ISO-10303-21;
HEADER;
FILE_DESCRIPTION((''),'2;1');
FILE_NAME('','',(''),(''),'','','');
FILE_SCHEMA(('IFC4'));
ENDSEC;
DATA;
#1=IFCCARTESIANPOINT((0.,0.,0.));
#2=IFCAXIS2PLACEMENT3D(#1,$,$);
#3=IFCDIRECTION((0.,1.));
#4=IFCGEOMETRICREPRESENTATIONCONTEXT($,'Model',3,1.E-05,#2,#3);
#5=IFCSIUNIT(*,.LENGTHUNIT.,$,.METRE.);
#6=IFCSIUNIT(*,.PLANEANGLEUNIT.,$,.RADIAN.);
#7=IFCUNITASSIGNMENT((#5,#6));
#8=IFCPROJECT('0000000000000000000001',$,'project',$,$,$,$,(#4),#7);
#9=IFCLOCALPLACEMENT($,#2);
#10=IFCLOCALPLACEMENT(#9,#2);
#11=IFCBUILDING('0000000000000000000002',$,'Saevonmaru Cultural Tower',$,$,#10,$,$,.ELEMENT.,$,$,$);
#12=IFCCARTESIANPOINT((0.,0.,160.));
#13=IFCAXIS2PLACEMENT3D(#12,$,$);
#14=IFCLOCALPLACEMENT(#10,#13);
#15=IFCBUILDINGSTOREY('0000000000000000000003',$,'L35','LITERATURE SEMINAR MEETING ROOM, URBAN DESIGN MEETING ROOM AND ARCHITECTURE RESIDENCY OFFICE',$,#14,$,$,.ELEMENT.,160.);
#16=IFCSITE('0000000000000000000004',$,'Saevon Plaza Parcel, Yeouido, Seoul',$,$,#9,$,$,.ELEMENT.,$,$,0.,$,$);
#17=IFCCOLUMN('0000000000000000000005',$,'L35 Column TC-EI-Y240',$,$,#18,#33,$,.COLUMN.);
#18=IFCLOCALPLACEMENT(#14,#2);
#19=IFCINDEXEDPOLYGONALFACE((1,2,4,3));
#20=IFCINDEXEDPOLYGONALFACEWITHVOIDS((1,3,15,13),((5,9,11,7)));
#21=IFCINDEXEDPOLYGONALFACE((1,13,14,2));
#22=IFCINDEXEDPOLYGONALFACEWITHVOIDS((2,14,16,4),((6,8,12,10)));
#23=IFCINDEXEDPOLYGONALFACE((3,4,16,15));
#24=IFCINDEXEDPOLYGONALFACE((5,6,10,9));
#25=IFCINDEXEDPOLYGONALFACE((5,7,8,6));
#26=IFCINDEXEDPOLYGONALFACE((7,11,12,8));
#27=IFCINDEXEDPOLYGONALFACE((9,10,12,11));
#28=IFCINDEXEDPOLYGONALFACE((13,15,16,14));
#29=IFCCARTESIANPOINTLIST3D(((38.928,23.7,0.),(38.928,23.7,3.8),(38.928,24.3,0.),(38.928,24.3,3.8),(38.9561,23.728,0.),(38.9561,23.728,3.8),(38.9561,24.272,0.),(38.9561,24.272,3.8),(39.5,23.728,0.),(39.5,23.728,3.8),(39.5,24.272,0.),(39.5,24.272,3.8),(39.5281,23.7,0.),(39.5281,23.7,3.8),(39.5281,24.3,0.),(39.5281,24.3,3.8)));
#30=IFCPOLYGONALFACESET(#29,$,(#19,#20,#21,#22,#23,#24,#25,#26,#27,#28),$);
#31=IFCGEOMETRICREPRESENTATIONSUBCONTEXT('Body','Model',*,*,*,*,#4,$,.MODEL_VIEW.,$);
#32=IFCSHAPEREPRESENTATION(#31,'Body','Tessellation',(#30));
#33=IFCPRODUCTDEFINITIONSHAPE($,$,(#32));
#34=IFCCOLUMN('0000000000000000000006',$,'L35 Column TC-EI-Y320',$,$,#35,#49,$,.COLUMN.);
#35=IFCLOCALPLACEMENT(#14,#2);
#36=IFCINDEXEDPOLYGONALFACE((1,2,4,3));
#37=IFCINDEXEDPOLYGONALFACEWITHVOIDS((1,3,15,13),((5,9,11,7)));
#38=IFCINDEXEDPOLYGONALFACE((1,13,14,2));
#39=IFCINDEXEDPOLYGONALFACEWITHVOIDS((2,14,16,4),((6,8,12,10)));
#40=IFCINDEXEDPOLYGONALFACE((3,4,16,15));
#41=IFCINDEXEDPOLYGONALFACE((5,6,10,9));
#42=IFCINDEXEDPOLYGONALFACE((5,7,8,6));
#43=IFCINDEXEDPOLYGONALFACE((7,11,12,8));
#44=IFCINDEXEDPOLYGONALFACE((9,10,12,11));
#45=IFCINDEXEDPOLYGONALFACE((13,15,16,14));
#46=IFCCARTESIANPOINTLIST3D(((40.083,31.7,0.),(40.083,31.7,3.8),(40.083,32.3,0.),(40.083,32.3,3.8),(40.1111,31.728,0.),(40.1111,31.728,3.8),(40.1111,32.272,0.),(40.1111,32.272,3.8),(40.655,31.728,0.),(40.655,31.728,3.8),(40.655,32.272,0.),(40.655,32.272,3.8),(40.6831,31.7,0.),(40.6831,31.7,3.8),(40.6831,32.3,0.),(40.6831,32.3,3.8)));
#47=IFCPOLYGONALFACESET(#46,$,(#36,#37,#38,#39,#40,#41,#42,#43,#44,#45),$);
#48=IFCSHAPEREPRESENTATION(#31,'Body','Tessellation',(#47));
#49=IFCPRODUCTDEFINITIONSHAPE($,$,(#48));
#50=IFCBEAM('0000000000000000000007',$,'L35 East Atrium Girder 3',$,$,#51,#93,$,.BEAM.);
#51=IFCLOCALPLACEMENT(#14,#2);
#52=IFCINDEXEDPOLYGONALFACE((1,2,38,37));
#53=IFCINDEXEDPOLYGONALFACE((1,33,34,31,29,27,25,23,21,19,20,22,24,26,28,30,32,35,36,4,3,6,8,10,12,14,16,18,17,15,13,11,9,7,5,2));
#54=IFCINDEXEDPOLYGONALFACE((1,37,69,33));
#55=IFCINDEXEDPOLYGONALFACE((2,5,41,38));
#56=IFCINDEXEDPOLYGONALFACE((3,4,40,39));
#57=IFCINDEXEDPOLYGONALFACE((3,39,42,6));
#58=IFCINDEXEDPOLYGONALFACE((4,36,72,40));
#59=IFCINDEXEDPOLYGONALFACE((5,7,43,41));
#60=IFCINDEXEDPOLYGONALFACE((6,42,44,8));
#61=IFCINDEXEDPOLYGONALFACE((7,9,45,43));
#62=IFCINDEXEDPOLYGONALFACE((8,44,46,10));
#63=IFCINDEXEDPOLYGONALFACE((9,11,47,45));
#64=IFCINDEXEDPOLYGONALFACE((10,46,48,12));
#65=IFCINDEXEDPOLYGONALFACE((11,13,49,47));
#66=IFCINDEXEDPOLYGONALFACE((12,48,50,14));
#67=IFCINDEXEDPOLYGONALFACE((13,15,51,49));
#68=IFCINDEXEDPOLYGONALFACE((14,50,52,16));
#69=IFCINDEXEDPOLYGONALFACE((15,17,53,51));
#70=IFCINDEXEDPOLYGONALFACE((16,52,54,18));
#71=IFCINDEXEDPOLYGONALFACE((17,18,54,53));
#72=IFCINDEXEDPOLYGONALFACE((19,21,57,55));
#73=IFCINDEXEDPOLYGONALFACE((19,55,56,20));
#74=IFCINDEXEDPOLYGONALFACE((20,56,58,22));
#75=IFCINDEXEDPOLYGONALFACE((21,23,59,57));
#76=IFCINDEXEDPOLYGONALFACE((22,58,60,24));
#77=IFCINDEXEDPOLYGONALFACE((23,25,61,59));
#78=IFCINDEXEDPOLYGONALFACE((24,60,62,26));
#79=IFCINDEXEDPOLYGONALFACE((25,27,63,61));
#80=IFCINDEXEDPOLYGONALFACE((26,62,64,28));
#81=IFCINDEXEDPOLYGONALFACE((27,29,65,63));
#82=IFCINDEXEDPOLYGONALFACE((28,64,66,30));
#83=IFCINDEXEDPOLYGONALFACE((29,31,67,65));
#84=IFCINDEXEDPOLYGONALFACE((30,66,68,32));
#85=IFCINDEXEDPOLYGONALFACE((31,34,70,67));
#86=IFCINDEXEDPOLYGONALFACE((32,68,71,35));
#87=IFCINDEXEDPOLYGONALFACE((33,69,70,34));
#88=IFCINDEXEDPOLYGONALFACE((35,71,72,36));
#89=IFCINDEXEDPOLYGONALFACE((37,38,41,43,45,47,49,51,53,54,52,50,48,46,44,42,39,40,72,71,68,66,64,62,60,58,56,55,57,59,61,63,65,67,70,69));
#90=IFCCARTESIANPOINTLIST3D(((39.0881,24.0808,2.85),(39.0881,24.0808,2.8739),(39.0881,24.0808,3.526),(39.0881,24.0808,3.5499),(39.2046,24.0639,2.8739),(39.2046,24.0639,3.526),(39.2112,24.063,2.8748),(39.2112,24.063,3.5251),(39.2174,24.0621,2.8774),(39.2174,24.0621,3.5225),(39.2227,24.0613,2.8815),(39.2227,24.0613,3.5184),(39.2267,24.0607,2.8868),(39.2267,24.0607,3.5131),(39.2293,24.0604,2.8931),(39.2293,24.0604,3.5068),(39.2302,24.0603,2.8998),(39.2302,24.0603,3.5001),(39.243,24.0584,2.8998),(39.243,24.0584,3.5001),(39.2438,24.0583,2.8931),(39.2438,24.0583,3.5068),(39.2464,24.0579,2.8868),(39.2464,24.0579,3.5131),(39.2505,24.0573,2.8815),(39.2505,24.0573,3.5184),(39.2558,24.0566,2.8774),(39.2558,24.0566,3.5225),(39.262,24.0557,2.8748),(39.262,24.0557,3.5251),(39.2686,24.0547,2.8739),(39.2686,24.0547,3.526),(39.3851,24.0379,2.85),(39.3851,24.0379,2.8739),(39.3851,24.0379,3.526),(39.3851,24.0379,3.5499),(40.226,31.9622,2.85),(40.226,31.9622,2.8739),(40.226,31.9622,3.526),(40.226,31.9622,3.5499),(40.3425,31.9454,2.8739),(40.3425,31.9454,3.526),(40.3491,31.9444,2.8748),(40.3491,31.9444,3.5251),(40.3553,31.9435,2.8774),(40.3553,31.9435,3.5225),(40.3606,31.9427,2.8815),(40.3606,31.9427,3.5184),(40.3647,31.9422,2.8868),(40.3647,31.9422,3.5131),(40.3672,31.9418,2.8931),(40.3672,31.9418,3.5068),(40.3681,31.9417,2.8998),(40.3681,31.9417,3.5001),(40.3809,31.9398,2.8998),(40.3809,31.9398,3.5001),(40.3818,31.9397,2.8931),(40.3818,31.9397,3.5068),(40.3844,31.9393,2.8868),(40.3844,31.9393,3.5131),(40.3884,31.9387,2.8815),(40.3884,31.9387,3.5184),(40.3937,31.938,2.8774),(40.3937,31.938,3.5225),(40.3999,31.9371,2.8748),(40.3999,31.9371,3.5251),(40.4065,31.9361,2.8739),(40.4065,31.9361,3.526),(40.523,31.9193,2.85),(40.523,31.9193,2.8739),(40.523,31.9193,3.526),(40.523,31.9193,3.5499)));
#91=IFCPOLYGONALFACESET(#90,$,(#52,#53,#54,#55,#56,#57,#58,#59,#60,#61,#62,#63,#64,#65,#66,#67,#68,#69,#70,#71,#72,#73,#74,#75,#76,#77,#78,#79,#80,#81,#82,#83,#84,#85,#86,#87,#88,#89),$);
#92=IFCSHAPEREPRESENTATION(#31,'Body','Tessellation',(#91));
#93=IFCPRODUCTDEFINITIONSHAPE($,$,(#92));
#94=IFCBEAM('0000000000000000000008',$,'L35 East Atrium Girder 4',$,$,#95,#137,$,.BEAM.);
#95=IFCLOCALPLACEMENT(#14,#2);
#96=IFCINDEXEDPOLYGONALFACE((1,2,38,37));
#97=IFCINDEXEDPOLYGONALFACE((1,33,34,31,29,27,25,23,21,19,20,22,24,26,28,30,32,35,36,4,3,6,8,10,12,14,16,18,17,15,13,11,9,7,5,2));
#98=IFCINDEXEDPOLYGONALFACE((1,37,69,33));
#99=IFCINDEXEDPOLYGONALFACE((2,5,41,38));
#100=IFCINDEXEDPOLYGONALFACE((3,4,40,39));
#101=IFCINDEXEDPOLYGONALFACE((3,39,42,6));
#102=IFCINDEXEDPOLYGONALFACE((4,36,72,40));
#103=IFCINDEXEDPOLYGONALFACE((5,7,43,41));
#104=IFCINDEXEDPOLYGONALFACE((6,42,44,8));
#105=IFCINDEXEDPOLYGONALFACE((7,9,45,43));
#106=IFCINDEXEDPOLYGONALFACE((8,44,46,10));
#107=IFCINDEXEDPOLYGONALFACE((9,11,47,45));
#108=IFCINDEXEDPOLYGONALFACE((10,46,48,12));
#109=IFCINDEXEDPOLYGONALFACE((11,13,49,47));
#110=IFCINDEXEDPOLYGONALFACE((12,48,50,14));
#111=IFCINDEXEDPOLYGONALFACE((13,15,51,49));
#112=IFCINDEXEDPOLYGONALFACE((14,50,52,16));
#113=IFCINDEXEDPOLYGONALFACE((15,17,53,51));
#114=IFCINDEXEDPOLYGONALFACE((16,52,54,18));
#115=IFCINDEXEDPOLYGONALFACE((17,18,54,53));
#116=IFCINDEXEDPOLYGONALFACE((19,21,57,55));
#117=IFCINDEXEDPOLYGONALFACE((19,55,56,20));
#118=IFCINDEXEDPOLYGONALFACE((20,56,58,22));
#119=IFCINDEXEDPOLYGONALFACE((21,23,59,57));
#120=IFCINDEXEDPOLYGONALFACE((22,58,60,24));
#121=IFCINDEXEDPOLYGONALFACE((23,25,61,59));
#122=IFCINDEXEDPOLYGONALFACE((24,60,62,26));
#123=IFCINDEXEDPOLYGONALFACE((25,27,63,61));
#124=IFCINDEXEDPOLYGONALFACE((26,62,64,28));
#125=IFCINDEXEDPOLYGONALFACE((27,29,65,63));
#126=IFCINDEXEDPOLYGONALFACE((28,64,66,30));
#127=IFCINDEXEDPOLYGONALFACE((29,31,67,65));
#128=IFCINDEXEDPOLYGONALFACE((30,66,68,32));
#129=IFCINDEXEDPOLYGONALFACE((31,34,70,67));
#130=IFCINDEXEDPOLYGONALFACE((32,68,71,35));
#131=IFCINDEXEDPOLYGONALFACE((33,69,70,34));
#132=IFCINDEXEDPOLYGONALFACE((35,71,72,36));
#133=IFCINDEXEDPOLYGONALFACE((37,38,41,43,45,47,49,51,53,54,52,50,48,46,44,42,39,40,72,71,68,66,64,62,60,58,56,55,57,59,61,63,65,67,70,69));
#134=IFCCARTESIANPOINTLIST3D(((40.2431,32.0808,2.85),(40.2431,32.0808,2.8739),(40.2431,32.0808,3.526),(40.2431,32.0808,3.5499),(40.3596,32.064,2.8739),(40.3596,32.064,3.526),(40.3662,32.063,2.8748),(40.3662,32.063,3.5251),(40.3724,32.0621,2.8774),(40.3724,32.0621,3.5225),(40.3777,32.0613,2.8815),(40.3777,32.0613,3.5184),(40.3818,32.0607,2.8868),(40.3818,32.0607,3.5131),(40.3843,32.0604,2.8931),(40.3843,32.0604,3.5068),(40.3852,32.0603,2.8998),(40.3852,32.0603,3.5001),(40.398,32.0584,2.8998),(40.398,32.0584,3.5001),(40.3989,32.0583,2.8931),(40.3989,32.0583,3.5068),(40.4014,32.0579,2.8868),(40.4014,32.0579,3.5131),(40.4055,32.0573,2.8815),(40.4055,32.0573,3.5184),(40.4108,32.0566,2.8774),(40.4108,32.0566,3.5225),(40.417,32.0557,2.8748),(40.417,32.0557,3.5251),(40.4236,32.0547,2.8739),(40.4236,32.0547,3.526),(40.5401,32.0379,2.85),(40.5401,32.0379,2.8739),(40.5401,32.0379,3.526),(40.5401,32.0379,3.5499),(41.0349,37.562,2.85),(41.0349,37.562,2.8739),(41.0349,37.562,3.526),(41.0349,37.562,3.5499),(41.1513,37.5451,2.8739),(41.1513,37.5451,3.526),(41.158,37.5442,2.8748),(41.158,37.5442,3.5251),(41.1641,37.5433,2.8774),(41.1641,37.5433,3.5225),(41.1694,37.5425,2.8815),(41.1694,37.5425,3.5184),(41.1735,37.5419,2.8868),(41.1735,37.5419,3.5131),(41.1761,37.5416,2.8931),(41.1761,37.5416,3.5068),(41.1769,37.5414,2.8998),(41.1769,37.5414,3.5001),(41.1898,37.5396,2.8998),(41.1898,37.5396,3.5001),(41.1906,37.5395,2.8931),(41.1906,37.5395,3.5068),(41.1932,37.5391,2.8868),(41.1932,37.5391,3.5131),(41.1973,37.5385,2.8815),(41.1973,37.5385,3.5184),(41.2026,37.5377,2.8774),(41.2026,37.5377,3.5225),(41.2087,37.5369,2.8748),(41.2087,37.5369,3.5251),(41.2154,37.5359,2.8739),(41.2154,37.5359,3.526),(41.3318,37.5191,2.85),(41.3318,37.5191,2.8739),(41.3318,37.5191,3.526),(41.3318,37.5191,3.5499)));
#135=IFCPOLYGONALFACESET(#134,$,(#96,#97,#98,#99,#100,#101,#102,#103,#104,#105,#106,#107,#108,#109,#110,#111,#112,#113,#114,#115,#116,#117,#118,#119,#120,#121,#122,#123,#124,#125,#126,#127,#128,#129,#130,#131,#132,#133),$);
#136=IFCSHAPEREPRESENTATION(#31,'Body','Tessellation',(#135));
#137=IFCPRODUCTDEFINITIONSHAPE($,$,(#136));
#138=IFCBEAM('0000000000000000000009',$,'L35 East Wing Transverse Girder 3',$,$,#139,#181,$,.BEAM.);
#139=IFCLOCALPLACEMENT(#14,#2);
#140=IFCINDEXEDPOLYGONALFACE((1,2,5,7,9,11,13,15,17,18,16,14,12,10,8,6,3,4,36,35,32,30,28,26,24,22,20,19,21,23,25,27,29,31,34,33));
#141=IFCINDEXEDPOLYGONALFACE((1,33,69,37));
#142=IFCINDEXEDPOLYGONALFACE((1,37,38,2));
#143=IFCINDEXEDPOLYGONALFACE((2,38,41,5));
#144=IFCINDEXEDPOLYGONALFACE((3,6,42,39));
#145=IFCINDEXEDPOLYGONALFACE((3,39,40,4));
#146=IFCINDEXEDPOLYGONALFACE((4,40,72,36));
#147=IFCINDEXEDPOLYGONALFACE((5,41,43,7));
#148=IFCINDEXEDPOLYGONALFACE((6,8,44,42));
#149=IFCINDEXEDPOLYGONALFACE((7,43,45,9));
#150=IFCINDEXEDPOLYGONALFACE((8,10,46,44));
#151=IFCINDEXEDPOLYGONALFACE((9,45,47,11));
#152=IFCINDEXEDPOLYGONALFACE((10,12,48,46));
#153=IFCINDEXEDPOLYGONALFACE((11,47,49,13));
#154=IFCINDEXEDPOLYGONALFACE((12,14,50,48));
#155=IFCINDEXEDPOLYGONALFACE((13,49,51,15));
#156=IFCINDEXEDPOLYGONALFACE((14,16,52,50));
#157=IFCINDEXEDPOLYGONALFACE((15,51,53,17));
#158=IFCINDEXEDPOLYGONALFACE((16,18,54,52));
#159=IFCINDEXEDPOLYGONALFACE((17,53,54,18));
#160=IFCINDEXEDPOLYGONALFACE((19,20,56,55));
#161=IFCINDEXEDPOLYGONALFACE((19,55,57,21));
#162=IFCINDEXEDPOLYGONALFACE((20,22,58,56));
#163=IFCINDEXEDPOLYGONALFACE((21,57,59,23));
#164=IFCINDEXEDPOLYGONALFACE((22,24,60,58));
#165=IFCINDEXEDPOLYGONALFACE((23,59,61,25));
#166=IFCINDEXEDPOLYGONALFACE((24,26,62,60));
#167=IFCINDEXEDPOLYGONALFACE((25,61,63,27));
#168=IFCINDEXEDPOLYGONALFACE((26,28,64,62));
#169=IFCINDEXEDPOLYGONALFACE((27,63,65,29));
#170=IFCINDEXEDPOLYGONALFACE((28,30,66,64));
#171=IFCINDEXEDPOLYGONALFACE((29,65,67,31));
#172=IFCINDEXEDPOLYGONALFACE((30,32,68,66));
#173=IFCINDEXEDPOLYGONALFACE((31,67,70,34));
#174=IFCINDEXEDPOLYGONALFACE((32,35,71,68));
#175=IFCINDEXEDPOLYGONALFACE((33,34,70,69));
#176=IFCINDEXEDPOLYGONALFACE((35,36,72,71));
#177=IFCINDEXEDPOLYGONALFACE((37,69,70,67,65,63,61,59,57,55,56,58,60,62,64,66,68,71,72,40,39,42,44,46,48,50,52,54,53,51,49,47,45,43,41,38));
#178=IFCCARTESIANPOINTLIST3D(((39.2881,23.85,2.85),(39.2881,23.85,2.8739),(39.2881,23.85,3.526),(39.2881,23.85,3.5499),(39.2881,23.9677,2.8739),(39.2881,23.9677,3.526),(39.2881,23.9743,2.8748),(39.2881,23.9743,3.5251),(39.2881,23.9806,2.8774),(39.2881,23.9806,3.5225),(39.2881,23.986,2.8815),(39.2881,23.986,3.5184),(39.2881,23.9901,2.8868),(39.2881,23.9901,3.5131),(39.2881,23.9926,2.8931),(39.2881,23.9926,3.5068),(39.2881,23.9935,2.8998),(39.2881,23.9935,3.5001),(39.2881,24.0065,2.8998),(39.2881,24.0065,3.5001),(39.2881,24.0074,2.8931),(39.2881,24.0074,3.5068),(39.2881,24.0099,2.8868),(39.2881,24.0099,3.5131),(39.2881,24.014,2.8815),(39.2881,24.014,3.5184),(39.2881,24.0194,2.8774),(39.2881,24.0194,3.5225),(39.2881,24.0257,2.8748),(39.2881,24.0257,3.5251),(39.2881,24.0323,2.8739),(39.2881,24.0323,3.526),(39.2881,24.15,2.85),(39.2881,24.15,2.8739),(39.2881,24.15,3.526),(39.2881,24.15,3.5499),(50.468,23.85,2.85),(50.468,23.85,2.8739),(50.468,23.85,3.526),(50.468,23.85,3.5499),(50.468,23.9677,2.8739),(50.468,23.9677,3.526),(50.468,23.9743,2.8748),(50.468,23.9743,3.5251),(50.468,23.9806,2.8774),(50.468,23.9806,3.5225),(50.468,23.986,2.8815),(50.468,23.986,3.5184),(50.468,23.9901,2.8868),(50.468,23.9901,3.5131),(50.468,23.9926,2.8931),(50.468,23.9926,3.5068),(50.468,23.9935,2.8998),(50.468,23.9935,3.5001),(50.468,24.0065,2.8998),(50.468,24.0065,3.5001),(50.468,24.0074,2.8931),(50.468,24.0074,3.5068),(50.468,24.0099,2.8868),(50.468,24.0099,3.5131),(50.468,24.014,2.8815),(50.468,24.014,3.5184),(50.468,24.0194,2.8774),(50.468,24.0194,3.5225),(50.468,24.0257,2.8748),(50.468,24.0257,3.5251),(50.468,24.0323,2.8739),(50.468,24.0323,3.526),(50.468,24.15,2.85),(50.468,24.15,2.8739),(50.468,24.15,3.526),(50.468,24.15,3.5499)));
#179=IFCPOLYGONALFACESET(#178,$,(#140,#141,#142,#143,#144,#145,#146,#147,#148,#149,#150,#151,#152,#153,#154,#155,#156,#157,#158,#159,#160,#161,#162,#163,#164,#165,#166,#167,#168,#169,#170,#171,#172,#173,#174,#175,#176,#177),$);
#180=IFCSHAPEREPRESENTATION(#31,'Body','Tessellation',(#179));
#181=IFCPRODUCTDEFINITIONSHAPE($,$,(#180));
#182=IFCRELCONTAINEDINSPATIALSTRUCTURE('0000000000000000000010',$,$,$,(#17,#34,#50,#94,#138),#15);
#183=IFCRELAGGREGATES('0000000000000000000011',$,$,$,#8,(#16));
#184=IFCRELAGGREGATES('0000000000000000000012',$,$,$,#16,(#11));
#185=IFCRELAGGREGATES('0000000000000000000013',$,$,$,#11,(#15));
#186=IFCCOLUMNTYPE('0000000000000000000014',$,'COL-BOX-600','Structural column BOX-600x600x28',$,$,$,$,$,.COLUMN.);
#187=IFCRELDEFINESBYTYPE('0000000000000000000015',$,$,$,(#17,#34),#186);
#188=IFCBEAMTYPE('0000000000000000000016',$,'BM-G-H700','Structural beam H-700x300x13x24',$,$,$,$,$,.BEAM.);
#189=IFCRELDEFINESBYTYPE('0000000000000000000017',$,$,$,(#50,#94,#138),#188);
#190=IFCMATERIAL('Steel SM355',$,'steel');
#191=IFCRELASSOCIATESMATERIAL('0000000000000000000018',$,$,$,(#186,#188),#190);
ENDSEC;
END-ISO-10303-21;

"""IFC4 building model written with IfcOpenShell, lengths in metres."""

from ifc_helpers import new_model, si_unit, direction, frame, origin, origin_2d, place, context, subcontext, project, spatial, hollow_rectangle, i_section, extrude, material, material_profile, profile_set, type_object, element, save


model = new_model("IFC4")

# Units and contexts
model_context = context("Model", 3, precision=1e-05, world=origin(), true_north=direction((0.0, 1.0)))
body_context = subcontext(model_context, "Body", "Model", "MODEL_VIEW")
ifc_project = project(units=[si_unit("LENGTHUNIT", "METRE"), si_unit("PLANEANGLEUNIT", "RADIAN")], contexts=[model_context])

# Site, building, storey
site_placement = place(None, origin())
site = spatial("IfcSite", under=ifc_project, at=site_placement, Name="Saevon Plaza Parcel, Yeouido, Seoul", CompositionType="ELEMENT", RefElevation=0.0)
building_placement = place(site_placement, origin())
building = spatial("IfcBuilding", under=site, at=building_placement, Name="Saevonmaru Cultural Tower", CompositionType="ELEMENT")
storey_placement = place(building_placement, frame((0.0, 0.0, 160.0)))
storey = spatial("IfcBuildingStorey", under=building, at=storey_placement, Name="L35", Description="LITERATURE SEMINAR MEETING ROOM, URBAN DESIGN MEETING ROOM AND ARCHITECTURE RESIDENCY OFFICE", CompositionType="ELEMENT", Elevation=160.0)

# Columns
ifc_material_1 = material(Name="Steel SM355", Category="steel")
ifc_material_profile_1 = material_profile(ifc_material_1, hollow_rectangle(XDim=0.6001, YDim=0.6001, WallThickness=0.0281, at=origin_2d()), Name="BOX-600x600x28")
ifc_profile_set_1 = profile_set([ifc_material_profile_1], Name="Steel SM355")
column_type = type_object("IfcColumnType", Name="COL-BOX-600", Description="Structural column BOX-600x600x28", PredefinedType="COLUMN", material=ifc_profile_set_1)
for number, where, z_axis, x_axis, name in (
    (1, (39.228, 24.0, 0.0), (0.0, 0.0, 1.0), (1.0, 0.0, 0.0), "L35 Column TC-EI-Y240"),
    (2, (40.3831, 32.0, 0.0), (0.0, 0.0, 1.0), (1.0, 0.0, 0.0), "L35 Column TC-EI-Y320"),
):
    element("IfcColumn", number, at=place(storey_placement, frame(where, z_axis=z_axis, x_axis=x_axis)), inside=storey, type_object=column_type, Name=name, PredefinedType="COLUMN", context=body_context, shape_type="SweptSolid", body=[
        extrude(hollow_rectangle(XDim=0.6001, YDim=0.6001, WallThickness=0.0281, at=origin_2d()), origin(), (0.0, 0.0, 1.0), 3.8),
    ])

# Beams
ifc_material_profile_2 = material_profile(ifc_material_1, i_section(OverallWidth=0.3, OverallDepth=0.7, WebThickness=0.0129, FlangeThickness=0.0239, FilletRadius=0.0259, at=origin_2d()), Name="H-700x300x13x24")
ifc_profile_set_2 = profile_set([ifc_material_profile_2], Name="Steel SM355")
beam_type_1 = type_object("IfcBeamType", Name="BM-G-H700", Description="Structural beam H-700x300x13x24", PredefinedType="BEAM", material=ifc_profile_set_2)
beam_1_placement = place(storey_placement, frame((39.2366, 24.0593, 3.2), z_axis=(0.142902, 0.989737, 0.0), x_axis=(-0.989737, 0.142902, 0.0)))
element("IfcBeam", 3, at=beam_1_placement, inside=storey, type_object=beam_type_1, Name="L35 East Atrium Girder 3", PredefinedType="BEAM", context=body_context, shape_type="SweptSolid", body=[
    extrude(i_section(OverallWidth=0.3, OverallDepth=0.7, WebThickness=0.0129, FlangeThickness=0.0239, FilletRadius=0.0259, at=origin_2d()), origin(), (0.0, 0.0, 1.0), 7.9631),
])
beam_2_placement = place(storey_placement, frame((40.3916, 32.0593, 3.2), z_axis=(0.142964, 0.989728, 0.0), x_axis=(-0.989728, 0.142964, 0.0)))
element("IfcBeam", 4, at=beam_2_placement, inside=storey, type_object=beam_type_1, Name="L35 East Atrium Girder 4", PredefinedType="BEAM", context=body_context, shape_type="SweptSolid", body=[
    extrude(i_section(OverallWidth=0.3, OverallDepth=0.7, WebThickness=0.0129, FlangeThickness=0.0239, FilletRadius=0.0259, at=origin_2d()), origin(), (0.0, 0.0, 1.0), 5.5381),
])
beam_3_placement = place(storey_placement, frame((39.2881, 24.0, 3.2), z_axis=(1.0, 0.0, 0.0), x_axis=(0.0, 1.0, 0.0)))
element("IfcBeam", 5, at=beam_3_placement, inside=storey, type_object=beam_type_1, Name="L35 East Wing Transverse Girder 3", PredefinedType="BEAM", context=body_context, shape_type="SweptSolid", body=[
    extrude(i_section(OverallWidth=0.3, OverallDepth=0.7, WebThickness=0.0129, FlangeThickness=0.0239, FilletRadius=0.0259, at=origin_2d()), origin(), (0.0, 0.0, 1.0), 11.1799),
])

save(model, "model.ifc")
